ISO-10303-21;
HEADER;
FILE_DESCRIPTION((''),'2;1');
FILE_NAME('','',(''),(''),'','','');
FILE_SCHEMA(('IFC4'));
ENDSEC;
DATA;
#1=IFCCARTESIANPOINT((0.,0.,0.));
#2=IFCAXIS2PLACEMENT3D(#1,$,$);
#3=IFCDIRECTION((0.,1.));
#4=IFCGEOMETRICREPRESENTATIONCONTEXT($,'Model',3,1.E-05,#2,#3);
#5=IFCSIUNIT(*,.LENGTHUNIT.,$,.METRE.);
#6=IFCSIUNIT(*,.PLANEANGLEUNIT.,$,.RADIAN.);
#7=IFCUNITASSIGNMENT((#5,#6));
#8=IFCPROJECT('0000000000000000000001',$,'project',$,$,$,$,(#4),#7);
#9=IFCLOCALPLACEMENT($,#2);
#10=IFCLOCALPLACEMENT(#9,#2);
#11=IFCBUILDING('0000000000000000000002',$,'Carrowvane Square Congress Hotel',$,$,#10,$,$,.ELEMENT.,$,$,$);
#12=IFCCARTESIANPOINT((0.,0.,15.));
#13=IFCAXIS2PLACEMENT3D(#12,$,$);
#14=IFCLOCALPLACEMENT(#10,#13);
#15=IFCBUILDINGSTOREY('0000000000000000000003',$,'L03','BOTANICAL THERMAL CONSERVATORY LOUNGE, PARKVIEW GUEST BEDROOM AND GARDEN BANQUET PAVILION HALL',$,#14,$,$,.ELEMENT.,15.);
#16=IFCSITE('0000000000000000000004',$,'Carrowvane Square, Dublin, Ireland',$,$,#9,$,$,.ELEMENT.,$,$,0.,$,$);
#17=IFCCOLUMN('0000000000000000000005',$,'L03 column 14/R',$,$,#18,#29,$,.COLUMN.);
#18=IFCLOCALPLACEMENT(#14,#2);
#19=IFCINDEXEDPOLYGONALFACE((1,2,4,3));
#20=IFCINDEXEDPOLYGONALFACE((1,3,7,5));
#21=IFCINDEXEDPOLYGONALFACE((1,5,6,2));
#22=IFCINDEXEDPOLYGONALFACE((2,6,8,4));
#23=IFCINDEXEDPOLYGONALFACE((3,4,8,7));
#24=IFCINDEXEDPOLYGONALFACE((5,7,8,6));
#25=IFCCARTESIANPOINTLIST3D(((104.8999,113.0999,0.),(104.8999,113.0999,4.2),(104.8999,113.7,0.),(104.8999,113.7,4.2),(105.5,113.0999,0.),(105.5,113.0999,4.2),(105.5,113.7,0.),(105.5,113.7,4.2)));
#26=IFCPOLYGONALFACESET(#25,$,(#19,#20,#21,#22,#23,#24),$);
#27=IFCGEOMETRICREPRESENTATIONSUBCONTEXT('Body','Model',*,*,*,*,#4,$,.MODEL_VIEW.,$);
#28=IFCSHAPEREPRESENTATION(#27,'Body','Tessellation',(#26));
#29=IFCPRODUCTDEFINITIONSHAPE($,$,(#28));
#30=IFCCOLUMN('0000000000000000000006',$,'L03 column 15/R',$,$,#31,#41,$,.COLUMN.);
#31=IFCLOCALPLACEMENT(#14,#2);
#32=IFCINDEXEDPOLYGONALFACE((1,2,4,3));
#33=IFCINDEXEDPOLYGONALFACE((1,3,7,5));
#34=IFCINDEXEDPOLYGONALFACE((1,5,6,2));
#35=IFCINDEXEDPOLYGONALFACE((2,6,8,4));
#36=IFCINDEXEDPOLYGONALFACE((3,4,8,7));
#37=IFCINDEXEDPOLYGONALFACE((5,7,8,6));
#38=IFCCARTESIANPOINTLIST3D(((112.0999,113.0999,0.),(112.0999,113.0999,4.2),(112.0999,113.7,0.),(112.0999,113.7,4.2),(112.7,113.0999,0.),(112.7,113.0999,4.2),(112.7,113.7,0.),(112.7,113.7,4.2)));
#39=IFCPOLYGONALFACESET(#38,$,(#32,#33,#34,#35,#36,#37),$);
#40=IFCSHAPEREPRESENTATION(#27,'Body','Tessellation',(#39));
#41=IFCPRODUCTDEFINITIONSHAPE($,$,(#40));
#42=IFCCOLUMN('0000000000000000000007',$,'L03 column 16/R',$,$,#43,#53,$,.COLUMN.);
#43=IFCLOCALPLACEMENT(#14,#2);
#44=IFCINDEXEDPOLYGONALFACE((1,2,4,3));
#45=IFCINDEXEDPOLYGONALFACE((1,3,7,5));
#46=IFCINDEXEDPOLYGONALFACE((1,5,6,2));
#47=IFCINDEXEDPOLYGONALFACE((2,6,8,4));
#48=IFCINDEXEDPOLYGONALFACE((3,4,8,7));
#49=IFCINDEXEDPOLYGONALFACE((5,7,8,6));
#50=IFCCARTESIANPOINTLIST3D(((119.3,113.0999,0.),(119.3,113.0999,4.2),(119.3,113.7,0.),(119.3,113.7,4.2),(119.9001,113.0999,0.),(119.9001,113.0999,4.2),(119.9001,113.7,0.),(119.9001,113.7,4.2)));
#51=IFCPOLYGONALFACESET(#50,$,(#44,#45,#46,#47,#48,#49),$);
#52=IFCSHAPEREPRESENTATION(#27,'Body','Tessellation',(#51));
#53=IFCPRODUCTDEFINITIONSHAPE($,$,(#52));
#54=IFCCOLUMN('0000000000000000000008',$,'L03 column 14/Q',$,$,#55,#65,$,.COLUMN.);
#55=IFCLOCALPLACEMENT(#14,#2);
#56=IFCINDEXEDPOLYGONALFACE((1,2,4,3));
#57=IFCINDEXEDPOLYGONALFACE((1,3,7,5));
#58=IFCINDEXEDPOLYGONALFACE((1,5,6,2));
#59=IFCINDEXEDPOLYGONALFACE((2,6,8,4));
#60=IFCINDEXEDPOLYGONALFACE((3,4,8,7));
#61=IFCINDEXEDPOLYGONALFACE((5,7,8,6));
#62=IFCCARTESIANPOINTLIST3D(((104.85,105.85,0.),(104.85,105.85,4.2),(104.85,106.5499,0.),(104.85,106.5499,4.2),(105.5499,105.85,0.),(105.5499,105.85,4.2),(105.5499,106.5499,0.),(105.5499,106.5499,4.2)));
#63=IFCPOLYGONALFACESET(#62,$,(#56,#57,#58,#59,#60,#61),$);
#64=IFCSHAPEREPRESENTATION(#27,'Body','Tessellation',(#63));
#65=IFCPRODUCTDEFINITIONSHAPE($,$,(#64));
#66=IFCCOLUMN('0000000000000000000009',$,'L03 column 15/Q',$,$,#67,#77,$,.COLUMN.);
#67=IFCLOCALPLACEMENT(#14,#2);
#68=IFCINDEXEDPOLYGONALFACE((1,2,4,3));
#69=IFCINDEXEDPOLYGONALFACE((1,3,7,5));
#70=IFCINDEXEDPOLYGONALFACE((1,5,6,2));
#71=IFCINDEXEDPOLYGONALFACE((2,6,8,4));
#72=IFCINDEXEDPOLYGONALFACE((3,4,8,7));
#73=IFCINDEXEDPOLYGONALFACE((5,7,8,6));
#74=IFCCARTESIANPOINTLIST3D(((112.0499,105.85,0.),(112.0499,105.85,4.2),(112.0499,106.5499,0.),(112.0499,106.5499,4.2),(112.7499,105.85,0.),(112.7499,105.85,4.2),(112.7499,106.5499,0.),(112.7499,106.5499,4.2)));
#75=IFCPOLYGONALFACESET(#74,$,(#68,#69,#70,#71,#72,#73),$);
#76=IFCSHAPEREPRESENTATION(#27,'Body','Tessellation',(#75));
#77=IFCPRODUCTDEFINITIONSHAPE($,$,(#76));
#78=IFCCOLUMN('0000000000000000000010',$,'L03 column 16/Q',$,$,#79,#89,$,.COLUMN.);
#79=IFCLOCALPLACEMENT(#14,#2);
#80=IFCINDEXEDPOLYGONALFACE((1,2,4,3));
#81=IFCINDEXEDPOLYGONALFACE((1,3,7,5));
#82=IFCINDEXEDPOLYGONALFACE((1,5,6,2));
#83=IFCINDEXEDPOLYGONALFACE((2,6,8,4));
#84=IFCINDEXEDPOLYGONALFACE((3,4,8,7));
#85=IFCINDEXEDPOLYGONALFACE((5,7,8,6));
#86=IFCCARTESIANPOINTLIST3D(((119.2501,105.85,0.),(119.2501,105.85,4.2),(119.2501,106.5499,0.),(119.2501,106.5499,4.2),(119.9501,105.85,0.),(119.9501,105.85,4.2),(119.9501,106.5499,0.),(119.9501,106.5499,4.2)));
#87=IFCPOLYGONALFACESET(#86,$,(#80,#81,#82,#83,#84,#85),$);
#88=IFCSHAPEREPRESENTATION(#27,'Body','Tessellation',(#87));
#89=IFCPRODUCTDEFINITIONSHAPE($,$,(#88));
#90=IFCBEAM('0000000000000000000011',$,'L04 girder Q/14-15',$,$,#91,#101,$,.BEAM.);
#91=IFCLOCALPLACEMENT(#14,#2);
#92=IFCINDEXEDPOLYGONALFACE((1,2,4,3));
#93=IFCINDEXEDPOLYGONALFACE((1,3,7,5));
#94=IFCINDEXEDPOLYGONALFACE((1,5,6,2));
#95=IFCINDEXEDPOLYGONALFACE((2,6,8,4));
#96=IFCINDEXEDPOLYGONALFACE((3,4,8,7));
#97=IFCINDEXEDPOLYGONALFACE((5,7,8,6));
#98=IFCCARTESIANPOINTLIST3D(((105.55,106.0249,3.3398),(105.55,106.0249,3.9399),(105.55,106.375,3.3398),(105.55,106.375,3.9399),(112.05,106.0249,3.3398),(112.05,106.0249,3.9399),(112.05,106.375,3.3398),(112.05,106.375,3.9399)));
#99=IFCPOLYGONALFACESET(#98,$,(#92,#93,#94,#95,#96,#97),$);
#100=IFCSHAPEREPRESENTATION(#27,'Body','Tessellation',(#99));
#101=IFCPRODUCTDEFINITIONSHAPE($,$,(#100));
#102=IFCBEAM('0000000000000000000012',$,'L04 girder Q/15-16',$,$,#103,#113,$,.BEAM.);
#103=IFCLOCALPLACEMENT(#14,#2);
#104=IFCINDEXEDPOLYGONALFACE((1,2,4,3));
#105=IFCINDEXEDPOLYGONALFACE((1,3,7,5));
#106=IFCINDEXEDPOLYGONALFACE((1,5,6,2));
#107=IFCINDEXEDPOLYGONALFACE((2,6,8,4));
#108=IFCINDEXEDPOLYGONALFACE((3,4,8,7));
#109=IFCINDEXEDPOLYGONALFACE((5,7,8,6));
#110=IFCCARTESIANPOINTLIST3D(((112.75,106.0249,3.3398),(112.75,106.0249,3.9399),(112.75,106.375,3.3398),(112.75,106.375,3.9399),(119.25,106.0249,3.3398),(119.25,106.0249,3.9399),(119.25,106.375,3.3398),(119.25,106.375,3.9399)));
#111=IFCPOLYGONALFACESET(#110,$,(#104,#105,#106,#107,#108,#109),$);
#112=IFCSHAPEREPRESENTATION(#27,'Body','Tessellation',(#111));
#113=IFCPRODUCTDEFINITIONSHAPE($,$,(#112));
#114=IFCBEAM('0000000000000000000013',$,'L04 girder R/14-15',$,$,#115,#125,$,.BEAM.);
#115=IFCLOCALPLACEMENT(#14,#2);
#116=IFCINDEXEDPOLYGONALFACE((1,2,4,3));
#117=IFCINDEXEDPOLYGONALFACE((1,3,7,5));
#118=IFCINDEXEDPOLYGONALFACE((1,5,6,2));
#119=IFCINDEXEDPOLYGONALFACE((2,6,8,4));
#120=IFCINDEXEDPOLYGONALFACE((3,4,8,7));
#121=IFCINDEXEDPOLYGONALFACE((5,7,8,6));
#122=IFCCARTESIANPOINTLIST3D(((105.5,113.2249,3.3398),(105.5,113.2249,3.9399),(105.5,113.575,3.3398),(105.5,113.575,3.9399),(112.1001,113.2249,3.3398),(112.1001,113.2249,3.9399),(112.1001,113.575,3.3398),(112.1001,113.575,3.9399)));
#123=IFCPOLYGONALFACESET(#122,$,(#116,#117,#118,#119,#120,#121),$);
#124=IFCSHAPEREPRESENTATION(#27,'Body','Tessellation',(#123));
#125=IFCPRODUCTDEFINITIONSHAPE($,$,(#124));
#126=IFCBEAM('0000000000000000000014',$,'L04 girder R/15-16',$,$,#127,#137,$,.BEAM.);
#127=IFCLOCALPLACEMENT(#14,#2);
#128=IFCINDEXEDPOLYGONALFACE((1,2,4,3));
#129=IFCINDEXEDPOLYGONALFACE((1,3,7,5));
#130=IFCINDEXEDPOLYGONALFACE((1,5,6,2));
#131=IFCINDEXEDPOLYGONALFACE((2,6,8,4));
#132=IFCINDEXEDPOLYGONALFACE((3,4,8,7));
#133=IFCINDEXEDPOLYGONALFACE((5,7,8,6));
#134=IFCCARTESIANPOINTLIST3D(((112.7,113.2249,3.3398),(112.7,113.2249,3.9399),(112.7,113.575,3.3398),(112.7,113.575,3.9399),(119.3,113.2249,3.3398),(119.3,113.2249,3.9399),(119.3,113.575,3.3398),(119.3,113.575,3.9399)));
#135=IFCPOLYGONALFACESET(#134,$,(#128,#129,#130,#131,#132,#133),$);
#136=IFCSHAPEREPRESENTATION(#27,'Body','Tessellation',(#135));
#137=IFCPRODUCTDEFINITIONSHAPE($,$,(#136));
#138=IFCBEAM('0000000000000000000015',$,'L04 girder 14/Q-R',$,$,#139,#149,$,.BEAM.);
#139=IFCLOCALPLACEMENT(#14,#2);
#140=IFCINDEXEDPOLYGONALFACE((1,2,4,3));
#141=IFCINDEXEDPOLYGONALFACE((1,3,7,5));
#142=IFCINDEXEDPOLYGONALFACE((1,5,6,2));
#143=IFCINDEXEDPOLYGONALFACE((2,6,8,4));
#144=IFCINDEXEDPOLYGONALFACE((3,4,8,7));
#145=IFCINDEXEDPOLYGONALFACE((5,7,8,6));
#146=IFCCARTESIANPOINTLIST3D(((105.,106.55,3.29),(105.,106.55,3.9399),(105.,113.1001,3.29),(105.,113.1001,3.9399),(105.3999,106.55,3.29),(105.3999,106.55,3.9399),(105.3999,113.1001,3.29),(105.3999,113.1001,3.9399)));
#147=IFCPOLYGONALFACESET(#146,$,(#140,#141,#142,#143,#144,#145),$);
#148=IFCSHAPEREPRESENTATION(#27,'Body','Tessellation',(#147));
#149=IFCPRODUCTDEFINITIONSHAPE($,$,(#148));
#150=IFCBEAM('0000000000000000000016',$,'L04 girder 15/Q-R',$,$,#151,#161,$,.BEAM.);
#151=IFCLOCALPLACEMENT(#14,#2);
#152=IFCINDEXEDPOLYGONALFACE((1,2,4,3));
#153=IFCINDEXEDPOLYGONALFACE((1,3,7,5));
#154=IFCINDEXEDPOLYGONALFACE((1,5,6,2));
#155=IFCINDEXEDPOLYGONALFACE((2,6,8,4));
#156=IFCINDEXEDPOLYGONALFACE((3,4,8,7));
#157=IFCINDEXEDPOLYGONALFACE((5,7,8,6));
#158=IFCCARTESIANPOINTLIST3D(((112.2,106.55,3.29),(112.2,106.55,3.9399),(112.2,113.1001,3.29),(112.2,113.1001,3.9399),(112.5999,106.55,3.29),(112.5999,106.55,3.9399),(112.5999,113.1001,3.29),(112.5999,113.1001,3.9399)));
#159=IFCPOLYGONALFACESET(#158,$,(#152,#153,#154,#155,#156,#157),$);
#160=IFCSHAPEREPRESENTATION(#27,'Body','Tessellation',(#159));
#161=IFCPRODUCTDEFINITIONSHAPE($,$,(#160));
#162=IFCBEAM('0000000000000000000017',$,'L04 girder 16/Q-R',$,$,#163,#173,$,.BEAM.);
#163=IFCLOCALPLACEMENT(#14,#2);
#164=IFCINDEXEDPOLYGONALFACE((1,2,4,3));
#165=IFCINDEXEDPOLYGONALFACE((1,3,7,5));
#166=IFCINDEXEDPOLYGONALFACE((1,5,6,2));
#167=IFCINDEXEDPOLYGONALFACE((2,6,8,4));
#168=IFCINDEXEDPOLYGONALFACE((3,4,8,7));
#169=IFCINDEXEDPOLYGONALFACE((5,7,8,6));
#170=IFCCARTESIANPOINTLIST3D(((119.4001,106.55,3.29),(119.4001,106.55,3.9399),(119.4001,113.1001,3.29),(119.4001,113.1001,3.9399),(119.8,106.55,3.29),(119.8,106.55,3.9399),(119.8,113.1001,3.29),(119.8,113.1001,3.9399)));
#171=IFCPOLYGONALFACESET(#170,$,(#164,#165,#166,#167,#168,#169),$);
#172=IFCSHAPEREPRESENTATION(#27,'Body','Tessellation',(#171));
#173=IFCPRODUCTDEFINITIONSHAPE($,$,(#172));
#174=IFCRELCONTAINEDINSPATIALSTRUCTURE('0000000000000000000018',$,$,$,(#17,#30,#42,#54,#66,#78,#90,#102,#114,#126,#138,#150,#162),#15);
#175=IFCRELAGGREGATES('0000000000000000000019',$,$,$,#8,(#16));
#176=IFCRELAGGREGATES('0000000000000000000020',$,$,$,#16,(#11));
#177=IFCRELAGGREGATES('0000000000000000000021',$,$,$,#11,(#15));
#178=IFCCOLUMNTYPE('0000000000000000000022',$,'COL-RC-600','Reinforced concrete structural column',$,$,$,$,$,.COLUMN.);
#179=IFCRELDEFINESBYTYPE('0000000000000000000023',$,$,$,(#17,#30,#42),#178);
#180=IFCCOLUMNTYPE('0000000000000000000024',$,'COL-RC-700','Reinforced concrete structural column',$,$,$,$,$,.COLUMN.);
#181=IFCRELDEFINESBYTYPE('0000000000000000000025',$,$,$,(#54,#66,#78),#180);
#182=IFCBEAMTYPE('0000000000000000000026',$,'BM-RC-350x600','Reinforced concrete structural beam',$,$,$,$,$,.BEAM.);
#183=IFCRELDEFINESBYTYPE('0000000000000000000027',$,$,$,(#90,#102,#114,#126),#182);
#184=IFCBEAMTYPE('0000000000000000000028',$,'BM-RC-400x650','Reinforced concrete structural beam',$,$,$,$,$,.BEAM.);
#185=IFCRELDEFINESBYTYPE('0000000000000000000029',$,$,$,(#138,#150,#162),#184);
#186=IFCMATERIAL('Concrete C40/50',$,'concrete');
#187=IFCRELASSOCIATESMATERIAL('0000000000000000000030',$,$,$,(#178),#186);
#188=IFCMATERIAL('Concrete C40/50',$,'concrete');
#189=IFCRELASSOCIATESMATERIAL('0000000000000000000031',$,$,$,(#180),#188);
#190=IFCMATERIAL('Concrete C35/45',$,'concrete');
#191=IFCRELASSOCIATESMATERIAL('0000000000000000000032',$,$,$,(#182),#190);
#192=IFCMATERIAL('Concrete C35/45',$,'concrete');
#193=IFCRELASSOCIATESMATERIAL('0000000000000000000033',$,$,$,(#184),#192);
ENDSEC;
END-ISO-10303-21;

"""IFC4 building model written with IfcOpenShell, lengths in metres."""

from ifc_helpers import new_model, si_unit, direction, frame, origin, origin_2d, place, context, subcontext, project, spatial, rectangle, extrude, material, material_profile, profile_set, type_object, element, save


model = new_model("IFC4")

# Units and contexts
model_context = context("Model", 3, precision=1e-05, world=origin(), true_north=direction((0.0, 1.0)))
body_context = subcontext(model_context, "Body", "Model", "MODEL_VIEW")
ifc_project = project(units=[si_unit("LENGTHUNIT", "METRE"), si_unit("PLANEANGLEUNIT", "RADIAN")], contexts=[model_context])

# Site, building, storey
site_placement = place(None, origin())
site = spatial("IfcSite", under=ifc_project, at=site_placement, Name="Carrowvane Square, Dublin, Ireland", CompositionType="ELEMENT", RefElevation=0.0)
building_placement = place(site_placement, origin())
building = spatial("IfcBuilding", under=site, at=building_placement, Name="Carrowvane Square Congress Hotel", CompositionType="ELEMENT")
storey_placement = place(building_placement, frame((0.0, 0.0, 15.0)))
storey = spatial("IfcBuildingStorey", under=building, at=storey_placement, Name="L03", Description="BOTANICAL THERMAL CONSERVATORY LOUNGE, PARKVIEW GUEST BEDROOM AND GARDEN BANQUET PAVILION HALL", CompositionType="ELEMENT", Elevation=15.0)

# Columns
ifc_material_1 = material(Name="Concrete C40/50", Category="concrete")
ifc_material_profile_1 = material_profile(ifc_material_1, rectangle(XDim=0.6001, YDim=0.6001, at=origin_2d()), Name="RC 600x600")
ifc_profile_set_1 = profile_set([ifc_material_profile_1], Name="Concrete C40/50")
column_type_1 = type_object("IfcColumnType", Name="COL-RC-600", Description="Reinforced concrete structural column", PredefinedType="COLUMN", material=ifc_profile_set_1)
for number, where, z_axis, x_axis, name in (
    (1, (105.2, 113.3999, 0.0), (0.0, 0.0, 1.0), (1.0, 0.0, 0.0), "L03 column 14/R"),
    (2, (112.3999, 113.3999, 0.0), (0.0, 0.0, 1.0), (1.0, 0.0, 0.0), "L03 column 15/R"),
    (3, (119.6001, 113.3999, 0.0), (0.0, 0.0, 1.0), (1.0, 0.0, 0.0), "L03 column 16/R"),
):
    element("IfcColumn", number, at=place(storey_placement, frame(where, z_axis=z_axis, x_axis=x_axis)), inside=storey, type_object=column_type_1, Name=name, PredefinedType="COLUMN", context=body_context, shape_type="SweptSolid", body=[
        extrude(rectangle(XDim=0.6001, YDim=0.6001, at=origin_2d()), origin(), (0.0, 0.0, 1.0), 4.2),
    ])
ifc_material_2 = material(Name="Concrete C40/50", Category="concrete")
ifc_material_profile_2 = material_profile(ifc_material_2, rectangle(XDim=0.7, YDim=0.7, at=origin_2d()), Name="RC 700x700")
ifc_profile_set_2 = profile_set([ifc_material_profile_2], Name="Concrete C40/50")
column_type_2 = type_object("IfcColumnType", Name="COL-RC-700", Description="Reinforced concrete structural column", PredefinedType="COLUMN", material=ifc_profile_set_2)
for number, where, z_axis, x_axis, name in (
    (4, (105.2, 106.2, 0.0), (0.0, 0.0, 1.0), (1.0, 0.0, 0.0), "L03 column 14/Q"),
    (5, (112.3999, 106.2, 0.0), (0.0, 0.0, 1.0), (1.0, 0.0, 0.0), "L03 column 15/Q"),
    (6, (119.6001, 106.2, 0.0), (0.0, 0.0, 1.0), (1.0, 0.0, 0.0), "L03 column 16/Q"),
):
    element("IfcColumn", number, at=place(storey_placement, frame(where, z_axis=z_axis, x_axis=x_axis)), inside=storey, type_object=column_type_2, Name=name, PredefinedType="COLUMN", context=body_context, shape_type="SweptSolid", body=[
        extrude(rectangle(XDim=0.7, YDim=0.7, at=origin_2d()), origin(), (0.0, 0.0, 1.0), 4.2),
    ])

# Beams
ifc_material_3 = material(Name="Concrete C35/45", Category="concrete")
ifc_material_profile_3 = material_profile(ifc_material_3, rectangle(XDim=0.3501, YDim=0.6001, at=origin_2d()), Name="RC 350x600")
ifc_profile_set_3 = profile_set([ifc_material_profile_3], Name="Concrete C35/45")
beam_type_1 = type_object("IfcBeamType", Name="BM-RC-350x600", Description="Reinforced concrete structural beam", PredefinedType="BEAM", material=ifc_profile_set_3)
for number, where, z_axis, x_axis, name in (
    (7, (105.55, 106.2, 3.6399), (1.0, 0.0, 0.0), (0.0, 1.0, 0.0), "L04 girder Q/14-15"),
    (8, (112.75, 106.2, 3.6399), (1.0, 0.0, 0.0), (0.0, 1.0, 0.0), "L04 girder Q/15-16"),
):
    element("IfcBeam", number, at=place(storey_placement, frame(where, z_axis=z_axis, x_axis=x_axis)), inside=storey, type_object=beam_type_1, Name=name, PredefinedType="BEAM", context=body_context, shape_type="SweptSolid", body=[
        extrude(rectangle(XDim=0.3501, YDim=0.6001, at=origin_2d()), origin(), (0.0, 0.0, 1.0), 6.5),
    ])
for number, where, z_axis, x_axis, name in (
    (9, (105.5, 113.3999, 3.6399), (1.0, 0.0, 0.0), (0.0, 1.0, 0.0), "L04 girder R/14-15"),
    (10, (112.7, 113.3999, 3.6399), (1.0, 0.0, 0.0), (0.0, 1.0, 0.0), "L04 girder R/15-16"),
):
    element("IfcBeam", number, at=place(storey_placement, frame(where, z_axis=z_axis, x_axis=x_axis)), inside=storey, type_object=beam_type_1, Name=name, PredefinedType="BEAM", context=body_context, shape_type="SweptSolid", body=[
        extrude(rectangle(XDim=0.3501, YDim=0.6001, at=origin_2d()), origin(), (0.0, 0.0, 1.0), 6.6001),
    ])
ifc_material_4 = material(Name="Concrete C35/45", Category="concrete")
ifc_material_profile_4 = material_profile(ifc_material_4, rectangle(XDim=0.3999, YDim=0.6499, at=origin_2d()), Name="RC 400x650")
ifc_profile_set_4 = profile_set([ifc_material_profile_4], Name="Concrete C35/45")
beam_type_2 = type_object("IfcBeamType", Name="BM-RC-400x650", Description="Reinforced concrete structural beam", PredefinedType="BEAM", material=ifc_profile_set_4)
for number, where, z_axis, x_axis, name in (
    (11, (105.2, 106.55, 3.615), (0.0, 1.0, 0.0), (-1.0, 0.0, 0.0), "L04 girder 14/Q-R"),
    (12, (112.3999, 106.55, 3.615), (0.0, 1.0, 0.0), (-1.0, 0.0, 0.0), "L04 girder 15/Q-R"),
    (13, (119.6001, 106.55, 3.615), (0.0, 1.0, 0.0), (-1.0, 0.0, 0.0), "L04 girder 16/Q-R"),
):
    element("IfcBeam", number, at=place(storey_placement, frame(where, z_axis=z_axis, x_axis=x_axis)), inside=storey, type_object=beam_type_2, Name=name, PredefinedType="BEAM", context=body_context, shape_type="SweptSolid", body=[
        extrude(rectangle(XDim=0.3999, YDim=0.6499, at=origin_2d()), origin(), (0.0, 0.0, 1.0), 6.55),
    ])

save(model, "model.ifc")
